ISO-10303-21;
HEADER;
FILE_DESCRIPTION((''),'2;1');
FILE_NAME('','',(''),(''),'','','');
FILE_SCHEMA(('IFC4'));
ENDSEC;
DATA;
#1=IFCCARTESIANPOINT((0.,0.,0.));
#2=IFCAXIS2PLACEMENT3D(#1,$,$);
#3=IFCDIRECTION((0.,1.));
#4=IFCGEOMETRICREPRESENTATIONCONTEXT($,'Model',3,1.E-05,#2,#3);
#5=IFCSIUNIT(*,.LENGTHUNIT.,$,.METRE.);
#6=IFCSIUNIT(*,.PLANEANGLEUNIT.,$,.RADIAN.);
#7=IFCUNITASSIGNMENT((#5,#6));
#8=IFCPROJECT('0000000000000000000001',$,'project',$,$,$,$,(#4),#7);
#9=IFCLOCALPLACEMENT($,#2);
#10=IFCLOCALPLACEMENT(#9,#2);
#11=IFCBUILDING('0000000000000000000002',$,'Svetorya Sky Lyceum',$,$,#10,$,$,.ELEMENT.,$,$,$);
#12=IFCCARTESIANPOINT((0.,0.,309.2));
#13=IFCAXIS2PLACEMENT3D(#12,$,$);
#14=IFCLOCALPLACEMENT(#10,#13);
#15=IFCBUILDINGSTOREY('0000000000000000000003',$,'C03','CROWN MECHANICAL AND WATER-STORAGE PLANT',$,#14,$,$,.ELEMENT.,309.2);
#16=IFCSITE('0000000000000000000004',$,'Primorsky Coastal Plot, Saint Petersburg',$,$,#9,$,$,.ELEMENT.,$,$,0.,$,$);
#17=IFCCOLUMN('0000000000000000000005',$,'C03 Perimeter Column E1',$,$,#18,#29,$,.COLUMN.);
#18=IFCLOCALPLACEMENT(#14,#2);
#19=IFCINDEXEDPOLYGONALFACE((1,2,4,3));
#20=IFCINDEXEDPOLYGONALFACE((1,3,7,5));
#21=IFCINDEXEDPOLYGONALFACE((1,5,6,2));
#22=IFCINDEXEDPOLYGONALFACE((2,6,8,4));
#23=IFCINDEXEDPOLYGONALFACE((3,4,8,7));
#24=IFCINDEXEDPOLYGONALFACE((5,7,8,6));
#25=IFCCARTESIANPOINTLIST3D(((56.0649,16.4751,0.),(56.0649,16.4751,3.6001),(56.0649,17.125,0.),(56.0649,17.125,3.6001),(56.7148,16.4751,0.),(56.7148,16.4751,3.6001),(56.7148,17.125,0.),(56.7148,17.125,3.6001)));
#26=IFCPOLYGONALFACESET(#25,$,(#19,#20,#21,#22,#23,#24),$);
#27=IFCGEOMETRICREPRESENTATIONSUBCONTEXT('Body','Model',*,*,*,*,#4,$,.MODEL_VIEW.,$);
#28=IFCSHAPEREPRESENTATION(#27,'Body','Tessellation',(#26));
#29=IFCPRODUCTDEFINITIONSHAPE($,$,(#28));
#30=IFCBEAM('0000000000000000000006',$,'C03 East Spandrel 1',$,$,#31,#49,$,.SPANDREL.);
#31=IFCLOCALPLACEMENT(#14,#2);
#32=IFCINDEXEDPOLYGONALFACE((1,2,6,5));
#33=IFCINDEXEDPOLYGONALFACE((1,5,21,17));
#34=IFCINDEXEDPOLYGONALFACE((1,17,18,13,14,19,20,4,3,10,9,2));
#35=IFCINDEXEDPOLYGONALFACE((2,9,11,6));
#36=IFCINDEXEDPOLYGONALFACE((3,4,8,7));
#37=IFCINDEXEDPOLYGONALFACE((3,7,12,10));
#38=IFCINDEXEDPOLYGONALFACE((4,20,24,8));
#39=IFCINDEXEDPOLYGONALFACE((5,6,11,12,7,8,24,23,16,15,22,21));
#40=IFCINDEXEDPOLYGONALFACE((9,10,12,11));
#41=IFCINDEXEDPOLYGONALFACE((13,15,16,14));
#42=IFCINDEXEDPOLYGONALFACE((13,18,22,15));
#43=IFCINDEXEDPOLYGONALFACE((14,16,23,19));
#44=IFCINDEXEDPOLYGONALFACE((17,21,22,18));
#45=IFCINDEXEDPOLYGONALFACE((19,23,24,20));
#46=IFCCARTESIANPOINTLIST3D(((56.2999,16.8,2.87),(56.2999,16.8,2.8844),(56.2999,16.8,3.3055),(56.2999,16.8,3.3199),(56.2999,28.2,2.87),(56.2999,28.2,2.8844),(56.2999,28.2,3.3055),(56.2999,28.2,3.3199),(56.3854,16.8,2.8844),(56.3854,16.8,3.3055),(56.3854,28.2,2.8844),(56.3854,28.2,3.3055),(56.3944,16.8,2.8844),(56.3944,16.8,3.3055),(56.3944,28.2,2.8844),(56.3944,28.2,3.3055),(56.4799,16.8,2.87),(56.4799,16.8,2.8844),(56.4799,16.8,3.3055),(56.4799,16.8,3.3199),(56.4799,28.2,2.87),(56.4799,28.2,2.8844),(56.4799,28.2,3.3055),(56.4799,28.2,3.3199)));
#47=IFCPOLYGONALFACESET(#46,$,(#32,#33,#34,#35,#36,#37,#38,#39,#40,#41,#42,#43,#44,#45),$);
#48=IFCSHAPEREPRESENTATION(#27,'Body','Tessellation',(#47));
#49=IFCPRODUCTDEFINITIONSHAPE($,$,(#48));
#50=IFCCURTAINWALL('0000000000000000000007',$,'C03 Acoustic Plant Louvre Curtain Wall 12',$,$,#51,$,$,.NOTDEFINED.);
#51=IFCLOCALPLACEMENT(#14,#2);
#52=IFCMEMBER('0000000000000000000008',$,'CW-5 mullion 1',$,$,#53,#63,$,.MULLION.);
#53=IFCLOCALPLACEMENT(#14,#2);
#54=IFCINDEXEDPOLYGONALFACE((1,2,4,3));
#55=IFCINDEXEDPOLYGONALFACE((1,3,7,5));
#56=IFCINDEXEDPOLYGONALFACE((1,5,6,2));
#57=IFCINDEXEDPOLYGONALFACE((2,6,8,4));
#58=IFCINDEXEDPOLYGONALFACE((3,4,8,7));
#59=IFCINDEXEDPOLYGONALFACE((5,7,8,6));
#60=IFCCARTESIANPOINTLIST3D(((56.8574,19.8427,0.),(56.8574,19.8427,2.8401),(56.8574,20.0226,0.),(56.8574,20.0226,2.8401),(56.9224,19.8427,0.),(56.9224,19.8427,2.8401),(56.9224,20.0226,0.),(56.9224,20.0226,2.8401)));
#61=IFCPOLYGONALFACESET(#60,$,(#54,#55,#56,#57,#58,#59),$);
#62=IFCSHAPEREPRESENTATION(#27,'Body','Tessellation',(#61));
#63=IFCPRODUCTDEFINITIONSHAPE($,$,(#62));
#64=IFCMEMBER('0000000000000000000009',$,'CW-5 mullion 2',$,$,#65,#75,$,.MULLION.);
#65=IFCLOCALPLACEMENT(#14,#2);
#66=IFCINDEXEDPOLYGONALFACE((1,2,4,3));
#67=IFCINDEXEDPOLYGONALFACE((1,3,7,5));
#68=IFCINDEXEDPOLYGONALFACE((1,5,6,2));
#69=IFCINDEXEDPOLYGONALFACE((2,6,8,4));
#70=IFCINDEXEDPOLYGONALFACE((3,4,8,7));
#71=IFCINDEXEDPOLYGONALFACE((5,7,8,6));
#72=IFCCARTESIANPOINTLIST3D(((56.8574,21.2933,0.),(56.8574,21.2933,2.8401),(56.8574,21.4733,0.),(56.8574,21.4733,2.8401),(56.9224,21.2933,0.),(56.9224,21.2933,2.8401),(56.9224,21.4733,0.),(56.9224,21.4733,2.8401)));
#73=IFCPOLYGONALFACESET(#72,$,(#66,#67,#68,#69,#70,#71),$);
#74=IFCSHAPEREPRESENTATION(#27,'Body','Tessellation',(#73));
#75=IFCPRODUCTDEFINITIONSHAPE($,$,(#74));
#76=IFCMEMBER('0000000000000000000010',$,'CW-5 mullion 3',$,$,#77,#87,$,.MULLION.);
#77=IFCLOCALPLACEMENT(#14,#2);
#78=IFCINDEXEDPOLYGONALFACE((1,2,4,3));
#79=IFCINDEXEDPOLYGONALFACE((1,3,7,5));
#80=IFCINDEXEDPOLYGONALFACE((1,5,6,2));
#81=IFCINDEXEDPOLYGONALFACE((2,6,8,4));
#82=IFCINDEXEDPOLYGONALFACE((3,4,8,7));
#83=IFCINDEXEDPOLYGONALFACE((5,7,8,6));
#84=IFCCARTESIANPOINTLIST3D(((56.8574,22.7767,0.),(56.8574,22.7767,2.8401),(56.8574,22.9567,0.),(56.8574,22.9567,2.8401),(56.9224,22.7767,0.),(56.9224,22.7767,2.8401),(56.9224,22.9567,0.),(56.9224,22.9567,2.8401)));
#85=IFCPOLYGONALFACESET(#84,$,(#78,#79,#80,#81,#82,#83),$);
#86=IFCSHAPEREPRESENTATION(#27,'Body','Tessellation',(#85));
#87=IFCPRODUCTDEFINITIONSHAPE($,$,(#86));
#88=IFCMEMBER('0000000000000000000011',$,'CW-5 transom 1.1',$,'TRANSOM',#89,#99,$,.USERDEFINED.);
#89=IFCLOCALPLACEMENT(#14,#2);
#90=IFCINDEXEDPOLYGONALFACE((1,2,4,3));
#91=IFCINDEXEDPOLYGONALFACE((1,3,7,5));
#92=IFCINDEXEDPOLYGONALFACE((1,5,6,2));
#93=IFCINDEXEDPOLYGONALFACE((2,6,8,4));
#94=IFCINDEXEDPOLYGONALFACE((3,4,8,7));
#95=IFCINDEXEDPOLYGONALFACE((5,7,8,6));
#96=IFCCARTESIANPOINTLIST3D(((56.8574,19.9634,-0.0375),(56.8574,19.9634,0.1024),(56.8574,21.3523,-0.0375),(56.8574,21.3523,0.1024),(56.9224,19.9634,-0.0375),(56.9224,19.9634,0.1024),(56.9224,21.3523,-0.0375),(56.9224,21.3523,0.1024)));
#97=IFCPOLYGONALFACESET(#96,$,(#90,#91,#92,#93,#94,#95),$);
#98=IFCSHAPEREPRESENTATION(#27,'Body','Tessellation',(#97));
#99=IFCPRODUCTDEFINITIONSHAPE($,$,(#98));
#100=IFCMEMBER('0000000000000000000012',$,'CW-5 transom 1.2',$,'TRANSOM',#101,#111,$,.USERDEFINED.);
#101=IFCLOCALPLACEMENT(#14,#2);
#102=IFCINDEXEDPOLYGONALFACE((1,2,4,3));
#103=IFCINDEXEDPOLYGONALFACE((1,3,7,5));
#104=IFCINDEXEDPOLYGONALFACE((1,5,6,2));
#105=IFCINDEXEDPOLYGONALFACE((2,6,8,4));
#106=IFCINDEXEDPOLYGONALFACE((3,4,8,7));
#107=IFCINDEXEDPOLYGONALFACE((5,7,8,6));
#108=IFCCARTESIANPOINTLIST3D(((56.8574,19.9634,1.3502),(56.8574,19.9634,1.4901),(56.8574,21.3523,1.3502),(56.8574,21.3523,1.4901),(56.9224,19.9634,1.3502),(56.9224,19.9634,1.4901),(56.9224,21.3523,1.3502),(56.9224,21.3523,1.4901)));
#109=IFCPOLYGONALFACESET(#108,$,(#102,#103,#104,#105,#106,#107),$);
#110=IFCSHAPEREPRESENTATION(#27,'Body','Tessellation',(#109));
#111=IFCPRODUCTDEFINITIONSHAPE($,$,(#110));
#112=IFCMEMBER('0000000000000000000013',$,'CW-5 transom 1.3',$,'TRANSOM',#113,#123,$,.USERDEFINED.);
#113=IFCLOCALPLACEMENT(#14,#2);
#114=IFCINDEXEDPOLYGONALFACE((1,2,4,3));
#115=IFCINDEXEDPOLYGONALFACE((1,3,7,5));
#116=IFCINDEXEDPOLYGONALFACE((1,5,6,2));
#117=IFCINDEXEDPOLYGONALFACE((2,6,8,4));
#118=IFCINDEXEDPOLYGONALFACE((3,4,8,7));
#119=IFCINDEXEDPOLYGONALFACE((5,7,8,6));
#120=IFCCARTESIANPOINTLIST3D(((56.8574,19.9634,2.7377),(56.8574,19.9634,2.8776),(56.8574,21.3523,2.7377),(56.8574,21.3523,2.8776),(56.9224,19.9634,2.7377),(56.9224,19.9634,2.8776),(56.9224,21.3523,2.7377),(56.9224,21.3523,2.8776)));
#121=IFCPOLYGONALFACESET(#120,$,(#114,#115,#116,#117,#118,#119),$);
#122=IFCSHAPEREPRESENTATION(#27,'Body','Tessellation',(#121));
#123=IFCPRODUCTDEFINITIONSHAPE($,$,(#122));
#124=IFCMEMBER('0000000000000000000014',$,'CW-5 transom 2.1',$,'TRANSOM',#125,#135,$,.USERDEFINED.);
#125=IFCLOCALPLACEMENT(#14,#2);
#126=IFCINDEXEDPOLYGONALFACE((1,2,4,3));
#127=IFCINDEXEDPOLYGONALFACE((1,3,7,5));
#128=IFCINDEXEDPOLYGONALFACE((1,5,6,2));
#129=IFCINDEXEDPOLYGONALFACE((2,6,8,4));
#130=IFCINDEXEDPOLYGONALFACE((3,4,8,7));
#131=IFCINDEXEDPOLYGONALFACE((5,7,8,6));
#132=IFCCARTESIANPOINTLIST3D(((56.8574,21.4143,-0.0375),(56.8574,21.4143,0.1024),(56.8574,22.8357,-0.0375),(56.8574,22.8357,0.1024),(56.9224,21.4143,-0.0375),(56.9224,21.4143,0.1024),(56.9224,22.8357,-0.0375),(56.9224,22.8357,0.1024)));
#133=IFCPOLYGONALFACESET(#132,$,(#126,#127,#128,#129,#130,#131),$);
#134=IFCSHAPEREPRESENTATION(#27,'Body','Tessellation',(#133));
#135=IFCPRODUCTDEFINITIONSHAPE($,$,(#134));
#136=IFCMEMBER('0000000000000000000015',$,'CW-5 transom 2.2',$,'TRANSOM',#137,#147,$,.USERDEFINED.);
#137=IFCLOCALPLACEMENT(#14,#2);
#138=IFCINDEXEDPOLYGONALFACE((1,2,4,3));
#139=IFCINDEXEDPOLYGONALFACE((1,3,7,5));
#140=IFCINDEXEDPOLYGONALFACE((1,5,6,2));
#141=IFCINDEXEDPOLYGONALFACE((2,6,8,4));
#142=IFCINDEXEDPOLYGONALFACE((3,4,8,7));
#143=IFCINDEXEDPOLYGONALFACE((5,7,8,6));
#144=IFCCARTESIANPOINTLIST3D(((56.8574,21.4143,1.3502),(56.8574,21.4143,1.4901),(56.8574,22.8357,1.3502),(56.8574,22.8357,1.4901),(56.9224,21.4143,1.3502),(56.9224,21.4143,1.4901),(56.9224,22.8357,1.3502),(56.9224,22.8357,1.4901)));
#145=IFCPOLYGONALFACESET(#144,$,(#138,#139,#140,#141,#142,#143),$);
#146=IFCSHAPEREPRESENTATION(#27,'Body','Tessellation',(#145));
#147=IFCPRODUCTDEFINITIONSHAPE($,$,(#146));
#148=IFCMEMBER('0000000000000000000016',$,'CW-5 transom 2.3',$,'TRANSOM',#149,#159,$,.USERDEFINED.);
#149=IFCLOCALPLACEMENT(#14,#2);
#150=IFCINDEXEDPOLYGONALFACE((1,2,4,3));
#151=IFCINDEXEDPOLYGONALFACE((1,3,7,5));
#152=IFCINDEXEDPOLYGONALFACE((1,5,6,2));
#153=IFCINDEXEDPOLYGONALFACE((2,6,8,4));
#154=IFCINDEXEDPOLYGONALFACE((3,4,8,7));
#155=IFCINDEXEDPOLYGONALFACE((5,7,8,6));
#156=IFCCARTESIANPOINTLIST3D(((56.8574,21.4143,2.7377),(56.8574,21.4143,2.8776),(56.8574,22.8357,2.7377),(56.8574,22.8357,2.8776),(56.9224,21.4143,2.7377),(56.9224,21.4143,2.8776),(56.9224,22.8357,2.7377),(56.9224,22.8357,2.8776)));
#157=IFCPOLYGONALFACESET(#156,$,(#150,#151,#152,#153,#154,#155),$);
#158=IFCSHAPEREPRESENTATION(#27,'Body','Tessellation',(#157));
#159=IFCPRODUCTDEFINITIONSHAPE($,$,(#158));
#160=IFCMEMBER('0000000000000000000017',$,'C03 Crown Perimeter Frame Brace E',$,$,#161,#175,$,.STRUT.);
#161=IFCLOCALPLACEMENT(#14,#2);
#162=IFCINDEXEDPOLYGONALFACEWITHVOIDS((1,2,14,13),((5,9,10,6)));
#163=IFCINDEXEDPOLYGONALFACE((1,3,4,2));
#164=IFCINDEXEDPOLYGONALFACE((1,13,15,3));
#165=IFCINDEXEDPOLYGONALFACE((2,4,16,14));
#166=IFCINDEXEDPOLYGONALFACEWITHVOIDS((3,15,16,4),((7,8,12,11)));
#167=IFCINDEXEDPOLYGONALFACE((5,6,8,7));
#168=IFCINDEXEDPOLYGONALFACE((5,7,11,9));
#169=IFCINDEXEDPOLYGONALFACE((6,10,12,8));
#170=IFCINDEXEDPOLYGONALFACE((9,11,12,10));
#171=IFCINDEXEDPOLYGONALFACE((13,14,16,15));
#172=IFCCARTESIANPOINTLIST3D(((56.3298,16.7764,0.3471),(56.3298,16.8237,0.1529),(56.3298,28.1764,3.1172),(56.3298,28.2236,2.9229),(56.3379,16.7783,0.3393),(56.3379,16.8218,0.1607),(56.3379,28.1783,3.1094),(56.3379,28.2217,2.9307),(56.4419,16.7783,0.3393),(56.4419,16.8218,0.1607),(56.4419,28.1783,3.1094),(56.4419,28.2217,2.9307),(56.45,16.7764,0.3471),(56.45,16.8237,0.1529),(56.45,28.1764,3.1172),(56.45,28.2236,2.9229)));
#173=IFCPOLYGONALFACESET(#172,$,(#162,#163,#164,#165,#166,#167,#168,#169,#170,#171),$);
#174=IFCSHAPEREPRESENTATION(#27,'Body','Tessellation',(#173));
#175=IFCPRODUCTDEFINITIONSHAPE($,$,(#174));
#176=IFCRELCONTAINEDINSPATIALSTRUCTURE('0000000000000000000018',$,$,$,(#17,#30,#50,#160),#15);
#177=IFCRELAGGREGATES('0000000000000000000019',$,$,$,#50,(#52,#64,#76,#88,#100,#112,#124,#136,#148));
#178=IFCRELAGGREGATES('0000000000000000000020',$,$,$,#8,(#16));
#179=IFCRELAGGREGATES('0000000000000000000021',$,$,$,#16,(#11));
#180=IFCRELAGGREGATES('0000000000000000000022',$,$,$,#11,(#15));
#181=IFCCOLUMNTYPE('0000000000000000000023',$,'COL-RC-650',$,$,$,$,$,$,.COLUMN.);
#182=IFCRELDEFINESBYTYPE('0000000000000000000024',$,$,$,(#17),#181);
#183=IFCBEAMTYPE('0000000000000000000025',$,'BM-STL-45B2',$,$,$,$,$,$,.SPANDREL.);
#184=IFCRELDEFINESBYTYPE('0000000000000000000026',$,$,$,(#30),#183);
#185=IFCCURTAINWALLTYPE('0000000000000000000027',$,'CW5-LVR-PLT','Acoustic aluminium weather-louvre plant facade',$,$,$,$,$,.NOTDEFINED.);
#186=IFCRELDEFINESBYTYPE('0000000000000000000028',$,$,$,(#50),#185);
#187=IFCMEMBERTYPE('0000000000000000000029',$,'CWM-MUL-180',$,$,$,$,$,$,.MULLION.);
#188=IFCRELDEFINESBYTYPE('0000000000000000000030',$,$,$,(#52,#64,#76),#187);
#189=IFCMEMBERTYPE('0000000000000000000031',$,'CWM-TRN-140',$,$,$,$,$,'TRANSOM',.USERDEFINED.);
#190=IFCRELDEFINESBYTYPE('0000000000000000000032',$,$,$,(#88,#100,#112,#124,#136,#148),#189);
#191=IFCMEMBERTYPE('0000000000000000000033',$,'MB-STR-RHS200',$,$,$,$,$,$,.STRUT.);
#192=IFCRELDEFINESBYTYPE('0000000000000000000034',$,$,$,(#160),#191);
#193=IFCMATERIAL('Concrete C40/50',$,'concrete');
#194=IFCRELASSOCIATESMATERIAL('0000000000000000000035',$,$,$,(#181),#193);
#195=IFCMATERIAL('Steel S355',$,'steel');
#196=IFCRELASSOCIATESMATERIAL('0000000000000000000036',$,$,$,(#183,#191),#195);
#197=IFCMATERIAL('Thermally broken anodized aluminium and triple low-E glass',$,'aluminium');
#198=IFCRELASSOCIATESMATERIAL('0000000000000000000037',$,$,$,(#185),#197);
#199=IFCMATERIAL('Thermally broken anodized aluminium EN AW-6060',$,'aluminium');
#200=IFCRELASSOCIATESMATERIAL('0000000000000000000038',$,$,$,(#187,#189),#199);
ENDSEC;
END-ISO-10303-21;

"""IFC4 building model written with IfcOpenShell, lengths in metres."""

from ifc_helpers import new_model, si_unit, direction, frame, origin, origin_2d, place, context, subcontext, project, spatial, rectangle, hollow_rectangle, i_section, extrude, material, material_profile, profile_set, type_object, element, aggregate, save


model = new_model("IFC4")

# Units and contexts
model_context = context("Model", 3, precision=1e-05, world=origin(), true_north=direction((0.0, 1.0)))
body_context = subcontext(model_context, "Body", "Model", "MODEL_VIEW")
ifc_project = project(units=[si_unit("LENGTHUNIT", "METRE"), si_unit("PLANEANGLEUNIT", "RADIAN")], contexts=[model_context])

# Site, building, storey
site_placement = place(None, origin())
site = spatial("IfcSite", under=ifc_project, at=site_placement, Name="Primorsky Coastal Plot, Saint Petersburg", CompositionType="ELEMENT", RefElevation=0.0)
building_placement = place(site_placement, origin())
building = spatial("IfcBuilding", under=site, at=building_placement, Name="Svetorya Sky Lyceum", CompositionType="ELEMENT")
storey_placement = place(building_placement, frame((0.0, 0.0, 309.2)))
storey = spatial("IfcBuildingStorey", under=building, at=storey_placement, Name="C03", Description="CROWN MECHANICAL AND WATER-STORAGE PLANT", CompositionType="ELEMENT", Elevation=309.2)

# Column
ifc_material_1 = material(Name="Concrete C40/50", Category="concrete")
ifc_material_profile_1 = material_profile(ifc_material_1, rectangle(XDim=0.6499, YDim=0.6499, at=origin_2d()), Name="RC COL 650x650")
ifc_profile_set_1 = profile_set([ifc_material_profile_1], Name="Concrete C40/50")
column_type = type_object("IfcColumnType", Name="COL-RC-650", PredefinedType="COLUMN", material=ifc_profile_set_1)
column_placement = place(storey_placement, frame((56.3899, 16.8, 0.0), z_axis=(0.0, 0.0, 1.0), x_axis=(1.0, 0.0, 0.0)))
element("IfcColumn", 1, at=column_placement, inside=storey, type_object=column_type, Name="C03 Perimeter Column E1", PredefinedType="COLUMN", context=body_context, shape_type="SweptSolid", body=[
    extrude(rectangle(XDim=0.6499, YDim=0.6499, at=origin_2d()), origin(), (0.0, 0.0, 1.0), 3.6001),
])

# Beam
ifc_material_2 = material(Name="Steel S355", Category="steel")
ifc_material_profile_2 = material_profile(ifc_material_2, i_section(OverallWidth=0.1799, OverallDepth=0.45, WebThickness=0.009, FlangeThickness=0.0144, at=origin_2d()), Name="GOST 45B2")
ifc_profile_set_2 = profile_set([ifc_material_profile_2], Name="Steel S355")
beam_type = type_object("IfcBeamType", Name="BM-STL-45B2", PredefinedType="SPANDREL", material=ifc_profile_set_2)
beam_placement = place(storey_placement, frame((56.3899, 16.8, 3.095), z_axis=(0.0, 1.0, 0.0), x_axis=(-1.0, 0.0, 0.0)))
element("IfcBeam", 2, at=beam_placement, inside=storey, type_object=beam_type, Name="C03 East Spandrel 1", PredefinedType="SPANDREL", context=body_context, shape_type="SweptSolid", body=[
    extrude(i_section(OverallWidth=0.1799, OverallDepth=0.45, WebThickness=0.009, FlangeThickness=0.0144, at=origin_2d()), origin(), (0.0, 0.0, 1.0), 11.3999),
])

# Curtain wall, members
ifc_material_3 = material(Name="Thermally broken anodized aluminium and triple low-E glass", Category="aluminium")
curtain_wall_type = type_object("IfcCurtainWallType", Name="CW5-LVR-PLT", Description="Acoustic aluminium weather-louvre plant facade", PredefinedType="NOTDEFINED", material=ifc_material_3)
curtain_wall_placement = place(storey_placement, origin())
curtain_wall = element("IfcCurtainWall", 3, at=curtain_wall_placement, inside=storey, type_object=curtain_wall_type, Name="C03 Acoustic Plant Louvre Curtain Wall 12", PredefinedType="NOTDEFINED")
ifc_material_4 = material(Name="Thermally broken anodized aluminium EN AW-6060", Category="aluminium")
ifc_material_profile_3 = material_profile(ifc_material_4, rectangle(XDim=0.0649, YDim=0.1799, at=origin_2d()), Name="ALU MULLION 65x180")
ifc_profile_set_3 = profile_set([ifc_material_profile_3], Name="Thermally broken anodized aluminium EN AW-6060")
member_type_1 = type_object("IfcMemberType", Name="CWM-MUL-180", PredefinedType="MULLION", material=ifc_profile_set_3)
member_1_placement = place(storey_placement, frame((56.8899, 19.9326, 0.0), z_axis=(0.0, 0.0, 1.0), x_axis=(-1.0, 0.0, 0.0)))
member_1 = element("IfcMember", 4, at=member_1_placement, type_object=member_type_1, Name="CW-5 mullion 1", PredefinedType="MULLION", context=body_context, shape_type="SweptSolid", body=[
    extrude(rectangle(XDim=0.0649, YDim=0.1799, at=origin_2d()), origin(), (0.0, 0.0, 1.0), 2.8401),
])
member_2_placement = place(storey_placement, frame((56.8899, 21.3833, 0.0), z_axis=(0.0, 0.0, 1.0), x_axis=(-1.0, 0.0, 0.0)))
member_2 = element("IfcMember", 5, at=member_2_placement, type_object=member_type_1, Name="CW-5 mullion 2", PredefinedType="MULLION", context=body_context, shape_type="SweptSolid", body=[
    extrude(rectangle(XDim=0.0649, YDim=0.1799, at=origin_2d()), origin(), (0.0, 0.0, 1.0), 2.8401),
])
member_3_placement = place(storey_placement, frame((56.8899, 22.8667, 0.0), z_axis=(0.0, 0.0, 1.0), x_axis=(-1.0, 0.0, 0.0)))
member_3 = element("IfcMember", 6, at=member_3_placement, type_object=member_type_1, Name="CW-5 mullion 3", PredefinedType="MULLION", context=body_context, shape_type="SweptSolid", body=[
    extrude(rectangle(XDim=0.0649, YDim=0.1799, at=origin_2d()), origin(), (0.0, 0.0, 1.0), 2.8401),
])
ifc_material_profile_4 = material_profile(ifc_material_4, rectangle(XDim=0.0649, YDim=0.1399, at=origin_2d()), Name="ALU TRANSOM 65x140")
ifc_profile_set_4 = profile_set([ifc_material_profile_4], Name="Thermally broken anodized aluminium EN AW-6060")
member_type_2 = type_object("IfcMemberType", Name="CWM-TRN-140", ElementType="TRANSOM", PredefinedType="USERDEFINED", material=ifc_profile_set_4)
member_4_placement = place(storey_placement, frame((56.8899, 19.9634, 0.0325), z_axis=(0.0, 1.0, 0.0), x_axis=(-1.0, 0.0, 0.0)))
member_4 = element("IfcMember", 7, at=member_4_placement, type_object=member_type_2, Name="CW-5 transom 1.1", ObjectType="TRANSOM", PredefinedType="USERDEFINED", context=body_context, shape_type="SweptSolid", body=[
    extrude(rectangle(XDim=0.0649, YDim=0.1399, at=origin_2d()), origin(), (0.0, 0.0, 1.0), 1.3889),
])
member_5_placement = place(storey_placement, frame((56.8899, 19.9634, 1.4202), z_axis=(0.0, 1.0, 0.0), x_axis=(-1.0, 0.0, 0.0)))
member_5 = element("IfcMember", 8, at=member_5_placement, type_object=member_type_2, Name="CW-5 transom 1.2", ObjectType="TRANSOM", PredefinedType="USERDEFINED", context=body_context, shape_type="SweptSolid", body=[
    extrude(rectangle(XDim=0.0649, YDim=0.1399, at=origin_2d()), origin(), (0.0, 0.0, 1.0), 1.3889),
])
member_6_placement = place(storey_placement, frame((56.8899, 19.9634, 2.8076), z_axis=(0.0, 1.0, 0.0), x_axis=(-1.0, 0.0, 0.0)))
member_6 = element("IfcMember", 9, at=member_6_placement, type_object=member_type_2, Name="CW-5 transom 1.3", ObjectType="TRANSOM", PredefinedType="USERDEFINED", context=body_context, shape_type="SweptSolid", body=[
    extrude(rectangle(XDim=0.0649, YDim=0.1399, at=origin_2d()), origin(), (0.0, 0.0, 1.0), 1.3889),
])
member_7_placement = place(storey_placement, frame((56.8899, 21.4143, 0.0325), z_axis=(0.0, 1.0, 0.0), x_axis=(-1.0, 0.0, 0.0)))
member_7 = element("IfcMember", 10, at=member_7_placement, type_object=member_type_2, Name="CW-5 transom 2.1", ObjectType="TRANSOM", PredefinedType="USERDEFINED", context=body_context, shape_type="SweptSolid", body=[
    extrude(rectangle(XDim=0.0649, YDim=0.1399, at=origin_2d()), origin(), (0.0, 0.0, 1.0), 1.4214),
])
member_8_placement = place(storey_placement, frame((56.8899, 21.4143, 1.4202), z_axis=(0.0, 1.0, 0.0), x_axis=(-1.0, 0.0, 0.0)))
member_8 = element("IfcMember", 11, at=member_8_placement, type_object=member_type_2, Name="CW-5 transom 2.2", ObjectType="TRANSOM", PredefinedType="USERDEFINED", context=body_context, shape_type="SweptSolid", body=[
    extrude(rectangle(XDim=0.0649, YDim=0.1399, at=origin_2d()), origin(), (0.0, 0.0, 1.0), 1.4214),
])
member_9_placement = place(storey_placement, frame((56.8899, 21.4143, 2.8076), z_axis=(0.0, 1.0, 0.0), x_axis=(-1.0, 0.0, 0.0)))
member_9 = element("IfcMember", 12, at=member_9_placement, type_object=member_type_2, Name="CW-5 transom 2.3", ObjectType="TRANSOM", PredefinedType="USERDEFINED", context=body_context, shape_type="SweptSolid", body=[
    extrude(rectangle(XDim=0.0649, YDim=0.1399, at=origin_2d()), origin(), (0.0, 0.0, 1.0), 1.4214),
])

# Member
ifc_material_profile_5 = material_profile(ifc_material_2, hollow_rectangle(XDim=0.1201, YDim=0.2, WallThickness=0.0081, at=origin_2d()), Name="RHS 200x120x8")
ifc_profile_set_5 = profile_set([ifc_material_profile_5], Name="Steel S355")
member_type_3 = type_object("IfcMemberType", Name="MB-STR-RHS200", PredefinedType="STRUT", material=ifc_profile_set_5)
member_10_placement = place(storey_placement, frame((56.3899, 16.8, 0.25), z_axis=(0.0, 0.971725, 0.236116), x_axis=(-1.0, 0.0, 0.0)))
element("IfcMember", 13, at=member_10_placement, inside=storey, type_object=member_type_3, Name="C03 Crown Perimeter Frame Brace E", PredefinedType="STRUT", context=body_context, shape_type="SweptSolid", body=[
    extrude(hollow_rectangle(XDim=0.1201, YDim=0.2, WallThickness=0.0081, at=origin_2d()), origin(), (0.0, 0.0, 1.0), 11.7317),
])

aggregate(curtain_wall, [member_1, member_2, member_3, member_4, member_5, member_6, member_7, member_8, member_9])

save(model, "model.ifc")
